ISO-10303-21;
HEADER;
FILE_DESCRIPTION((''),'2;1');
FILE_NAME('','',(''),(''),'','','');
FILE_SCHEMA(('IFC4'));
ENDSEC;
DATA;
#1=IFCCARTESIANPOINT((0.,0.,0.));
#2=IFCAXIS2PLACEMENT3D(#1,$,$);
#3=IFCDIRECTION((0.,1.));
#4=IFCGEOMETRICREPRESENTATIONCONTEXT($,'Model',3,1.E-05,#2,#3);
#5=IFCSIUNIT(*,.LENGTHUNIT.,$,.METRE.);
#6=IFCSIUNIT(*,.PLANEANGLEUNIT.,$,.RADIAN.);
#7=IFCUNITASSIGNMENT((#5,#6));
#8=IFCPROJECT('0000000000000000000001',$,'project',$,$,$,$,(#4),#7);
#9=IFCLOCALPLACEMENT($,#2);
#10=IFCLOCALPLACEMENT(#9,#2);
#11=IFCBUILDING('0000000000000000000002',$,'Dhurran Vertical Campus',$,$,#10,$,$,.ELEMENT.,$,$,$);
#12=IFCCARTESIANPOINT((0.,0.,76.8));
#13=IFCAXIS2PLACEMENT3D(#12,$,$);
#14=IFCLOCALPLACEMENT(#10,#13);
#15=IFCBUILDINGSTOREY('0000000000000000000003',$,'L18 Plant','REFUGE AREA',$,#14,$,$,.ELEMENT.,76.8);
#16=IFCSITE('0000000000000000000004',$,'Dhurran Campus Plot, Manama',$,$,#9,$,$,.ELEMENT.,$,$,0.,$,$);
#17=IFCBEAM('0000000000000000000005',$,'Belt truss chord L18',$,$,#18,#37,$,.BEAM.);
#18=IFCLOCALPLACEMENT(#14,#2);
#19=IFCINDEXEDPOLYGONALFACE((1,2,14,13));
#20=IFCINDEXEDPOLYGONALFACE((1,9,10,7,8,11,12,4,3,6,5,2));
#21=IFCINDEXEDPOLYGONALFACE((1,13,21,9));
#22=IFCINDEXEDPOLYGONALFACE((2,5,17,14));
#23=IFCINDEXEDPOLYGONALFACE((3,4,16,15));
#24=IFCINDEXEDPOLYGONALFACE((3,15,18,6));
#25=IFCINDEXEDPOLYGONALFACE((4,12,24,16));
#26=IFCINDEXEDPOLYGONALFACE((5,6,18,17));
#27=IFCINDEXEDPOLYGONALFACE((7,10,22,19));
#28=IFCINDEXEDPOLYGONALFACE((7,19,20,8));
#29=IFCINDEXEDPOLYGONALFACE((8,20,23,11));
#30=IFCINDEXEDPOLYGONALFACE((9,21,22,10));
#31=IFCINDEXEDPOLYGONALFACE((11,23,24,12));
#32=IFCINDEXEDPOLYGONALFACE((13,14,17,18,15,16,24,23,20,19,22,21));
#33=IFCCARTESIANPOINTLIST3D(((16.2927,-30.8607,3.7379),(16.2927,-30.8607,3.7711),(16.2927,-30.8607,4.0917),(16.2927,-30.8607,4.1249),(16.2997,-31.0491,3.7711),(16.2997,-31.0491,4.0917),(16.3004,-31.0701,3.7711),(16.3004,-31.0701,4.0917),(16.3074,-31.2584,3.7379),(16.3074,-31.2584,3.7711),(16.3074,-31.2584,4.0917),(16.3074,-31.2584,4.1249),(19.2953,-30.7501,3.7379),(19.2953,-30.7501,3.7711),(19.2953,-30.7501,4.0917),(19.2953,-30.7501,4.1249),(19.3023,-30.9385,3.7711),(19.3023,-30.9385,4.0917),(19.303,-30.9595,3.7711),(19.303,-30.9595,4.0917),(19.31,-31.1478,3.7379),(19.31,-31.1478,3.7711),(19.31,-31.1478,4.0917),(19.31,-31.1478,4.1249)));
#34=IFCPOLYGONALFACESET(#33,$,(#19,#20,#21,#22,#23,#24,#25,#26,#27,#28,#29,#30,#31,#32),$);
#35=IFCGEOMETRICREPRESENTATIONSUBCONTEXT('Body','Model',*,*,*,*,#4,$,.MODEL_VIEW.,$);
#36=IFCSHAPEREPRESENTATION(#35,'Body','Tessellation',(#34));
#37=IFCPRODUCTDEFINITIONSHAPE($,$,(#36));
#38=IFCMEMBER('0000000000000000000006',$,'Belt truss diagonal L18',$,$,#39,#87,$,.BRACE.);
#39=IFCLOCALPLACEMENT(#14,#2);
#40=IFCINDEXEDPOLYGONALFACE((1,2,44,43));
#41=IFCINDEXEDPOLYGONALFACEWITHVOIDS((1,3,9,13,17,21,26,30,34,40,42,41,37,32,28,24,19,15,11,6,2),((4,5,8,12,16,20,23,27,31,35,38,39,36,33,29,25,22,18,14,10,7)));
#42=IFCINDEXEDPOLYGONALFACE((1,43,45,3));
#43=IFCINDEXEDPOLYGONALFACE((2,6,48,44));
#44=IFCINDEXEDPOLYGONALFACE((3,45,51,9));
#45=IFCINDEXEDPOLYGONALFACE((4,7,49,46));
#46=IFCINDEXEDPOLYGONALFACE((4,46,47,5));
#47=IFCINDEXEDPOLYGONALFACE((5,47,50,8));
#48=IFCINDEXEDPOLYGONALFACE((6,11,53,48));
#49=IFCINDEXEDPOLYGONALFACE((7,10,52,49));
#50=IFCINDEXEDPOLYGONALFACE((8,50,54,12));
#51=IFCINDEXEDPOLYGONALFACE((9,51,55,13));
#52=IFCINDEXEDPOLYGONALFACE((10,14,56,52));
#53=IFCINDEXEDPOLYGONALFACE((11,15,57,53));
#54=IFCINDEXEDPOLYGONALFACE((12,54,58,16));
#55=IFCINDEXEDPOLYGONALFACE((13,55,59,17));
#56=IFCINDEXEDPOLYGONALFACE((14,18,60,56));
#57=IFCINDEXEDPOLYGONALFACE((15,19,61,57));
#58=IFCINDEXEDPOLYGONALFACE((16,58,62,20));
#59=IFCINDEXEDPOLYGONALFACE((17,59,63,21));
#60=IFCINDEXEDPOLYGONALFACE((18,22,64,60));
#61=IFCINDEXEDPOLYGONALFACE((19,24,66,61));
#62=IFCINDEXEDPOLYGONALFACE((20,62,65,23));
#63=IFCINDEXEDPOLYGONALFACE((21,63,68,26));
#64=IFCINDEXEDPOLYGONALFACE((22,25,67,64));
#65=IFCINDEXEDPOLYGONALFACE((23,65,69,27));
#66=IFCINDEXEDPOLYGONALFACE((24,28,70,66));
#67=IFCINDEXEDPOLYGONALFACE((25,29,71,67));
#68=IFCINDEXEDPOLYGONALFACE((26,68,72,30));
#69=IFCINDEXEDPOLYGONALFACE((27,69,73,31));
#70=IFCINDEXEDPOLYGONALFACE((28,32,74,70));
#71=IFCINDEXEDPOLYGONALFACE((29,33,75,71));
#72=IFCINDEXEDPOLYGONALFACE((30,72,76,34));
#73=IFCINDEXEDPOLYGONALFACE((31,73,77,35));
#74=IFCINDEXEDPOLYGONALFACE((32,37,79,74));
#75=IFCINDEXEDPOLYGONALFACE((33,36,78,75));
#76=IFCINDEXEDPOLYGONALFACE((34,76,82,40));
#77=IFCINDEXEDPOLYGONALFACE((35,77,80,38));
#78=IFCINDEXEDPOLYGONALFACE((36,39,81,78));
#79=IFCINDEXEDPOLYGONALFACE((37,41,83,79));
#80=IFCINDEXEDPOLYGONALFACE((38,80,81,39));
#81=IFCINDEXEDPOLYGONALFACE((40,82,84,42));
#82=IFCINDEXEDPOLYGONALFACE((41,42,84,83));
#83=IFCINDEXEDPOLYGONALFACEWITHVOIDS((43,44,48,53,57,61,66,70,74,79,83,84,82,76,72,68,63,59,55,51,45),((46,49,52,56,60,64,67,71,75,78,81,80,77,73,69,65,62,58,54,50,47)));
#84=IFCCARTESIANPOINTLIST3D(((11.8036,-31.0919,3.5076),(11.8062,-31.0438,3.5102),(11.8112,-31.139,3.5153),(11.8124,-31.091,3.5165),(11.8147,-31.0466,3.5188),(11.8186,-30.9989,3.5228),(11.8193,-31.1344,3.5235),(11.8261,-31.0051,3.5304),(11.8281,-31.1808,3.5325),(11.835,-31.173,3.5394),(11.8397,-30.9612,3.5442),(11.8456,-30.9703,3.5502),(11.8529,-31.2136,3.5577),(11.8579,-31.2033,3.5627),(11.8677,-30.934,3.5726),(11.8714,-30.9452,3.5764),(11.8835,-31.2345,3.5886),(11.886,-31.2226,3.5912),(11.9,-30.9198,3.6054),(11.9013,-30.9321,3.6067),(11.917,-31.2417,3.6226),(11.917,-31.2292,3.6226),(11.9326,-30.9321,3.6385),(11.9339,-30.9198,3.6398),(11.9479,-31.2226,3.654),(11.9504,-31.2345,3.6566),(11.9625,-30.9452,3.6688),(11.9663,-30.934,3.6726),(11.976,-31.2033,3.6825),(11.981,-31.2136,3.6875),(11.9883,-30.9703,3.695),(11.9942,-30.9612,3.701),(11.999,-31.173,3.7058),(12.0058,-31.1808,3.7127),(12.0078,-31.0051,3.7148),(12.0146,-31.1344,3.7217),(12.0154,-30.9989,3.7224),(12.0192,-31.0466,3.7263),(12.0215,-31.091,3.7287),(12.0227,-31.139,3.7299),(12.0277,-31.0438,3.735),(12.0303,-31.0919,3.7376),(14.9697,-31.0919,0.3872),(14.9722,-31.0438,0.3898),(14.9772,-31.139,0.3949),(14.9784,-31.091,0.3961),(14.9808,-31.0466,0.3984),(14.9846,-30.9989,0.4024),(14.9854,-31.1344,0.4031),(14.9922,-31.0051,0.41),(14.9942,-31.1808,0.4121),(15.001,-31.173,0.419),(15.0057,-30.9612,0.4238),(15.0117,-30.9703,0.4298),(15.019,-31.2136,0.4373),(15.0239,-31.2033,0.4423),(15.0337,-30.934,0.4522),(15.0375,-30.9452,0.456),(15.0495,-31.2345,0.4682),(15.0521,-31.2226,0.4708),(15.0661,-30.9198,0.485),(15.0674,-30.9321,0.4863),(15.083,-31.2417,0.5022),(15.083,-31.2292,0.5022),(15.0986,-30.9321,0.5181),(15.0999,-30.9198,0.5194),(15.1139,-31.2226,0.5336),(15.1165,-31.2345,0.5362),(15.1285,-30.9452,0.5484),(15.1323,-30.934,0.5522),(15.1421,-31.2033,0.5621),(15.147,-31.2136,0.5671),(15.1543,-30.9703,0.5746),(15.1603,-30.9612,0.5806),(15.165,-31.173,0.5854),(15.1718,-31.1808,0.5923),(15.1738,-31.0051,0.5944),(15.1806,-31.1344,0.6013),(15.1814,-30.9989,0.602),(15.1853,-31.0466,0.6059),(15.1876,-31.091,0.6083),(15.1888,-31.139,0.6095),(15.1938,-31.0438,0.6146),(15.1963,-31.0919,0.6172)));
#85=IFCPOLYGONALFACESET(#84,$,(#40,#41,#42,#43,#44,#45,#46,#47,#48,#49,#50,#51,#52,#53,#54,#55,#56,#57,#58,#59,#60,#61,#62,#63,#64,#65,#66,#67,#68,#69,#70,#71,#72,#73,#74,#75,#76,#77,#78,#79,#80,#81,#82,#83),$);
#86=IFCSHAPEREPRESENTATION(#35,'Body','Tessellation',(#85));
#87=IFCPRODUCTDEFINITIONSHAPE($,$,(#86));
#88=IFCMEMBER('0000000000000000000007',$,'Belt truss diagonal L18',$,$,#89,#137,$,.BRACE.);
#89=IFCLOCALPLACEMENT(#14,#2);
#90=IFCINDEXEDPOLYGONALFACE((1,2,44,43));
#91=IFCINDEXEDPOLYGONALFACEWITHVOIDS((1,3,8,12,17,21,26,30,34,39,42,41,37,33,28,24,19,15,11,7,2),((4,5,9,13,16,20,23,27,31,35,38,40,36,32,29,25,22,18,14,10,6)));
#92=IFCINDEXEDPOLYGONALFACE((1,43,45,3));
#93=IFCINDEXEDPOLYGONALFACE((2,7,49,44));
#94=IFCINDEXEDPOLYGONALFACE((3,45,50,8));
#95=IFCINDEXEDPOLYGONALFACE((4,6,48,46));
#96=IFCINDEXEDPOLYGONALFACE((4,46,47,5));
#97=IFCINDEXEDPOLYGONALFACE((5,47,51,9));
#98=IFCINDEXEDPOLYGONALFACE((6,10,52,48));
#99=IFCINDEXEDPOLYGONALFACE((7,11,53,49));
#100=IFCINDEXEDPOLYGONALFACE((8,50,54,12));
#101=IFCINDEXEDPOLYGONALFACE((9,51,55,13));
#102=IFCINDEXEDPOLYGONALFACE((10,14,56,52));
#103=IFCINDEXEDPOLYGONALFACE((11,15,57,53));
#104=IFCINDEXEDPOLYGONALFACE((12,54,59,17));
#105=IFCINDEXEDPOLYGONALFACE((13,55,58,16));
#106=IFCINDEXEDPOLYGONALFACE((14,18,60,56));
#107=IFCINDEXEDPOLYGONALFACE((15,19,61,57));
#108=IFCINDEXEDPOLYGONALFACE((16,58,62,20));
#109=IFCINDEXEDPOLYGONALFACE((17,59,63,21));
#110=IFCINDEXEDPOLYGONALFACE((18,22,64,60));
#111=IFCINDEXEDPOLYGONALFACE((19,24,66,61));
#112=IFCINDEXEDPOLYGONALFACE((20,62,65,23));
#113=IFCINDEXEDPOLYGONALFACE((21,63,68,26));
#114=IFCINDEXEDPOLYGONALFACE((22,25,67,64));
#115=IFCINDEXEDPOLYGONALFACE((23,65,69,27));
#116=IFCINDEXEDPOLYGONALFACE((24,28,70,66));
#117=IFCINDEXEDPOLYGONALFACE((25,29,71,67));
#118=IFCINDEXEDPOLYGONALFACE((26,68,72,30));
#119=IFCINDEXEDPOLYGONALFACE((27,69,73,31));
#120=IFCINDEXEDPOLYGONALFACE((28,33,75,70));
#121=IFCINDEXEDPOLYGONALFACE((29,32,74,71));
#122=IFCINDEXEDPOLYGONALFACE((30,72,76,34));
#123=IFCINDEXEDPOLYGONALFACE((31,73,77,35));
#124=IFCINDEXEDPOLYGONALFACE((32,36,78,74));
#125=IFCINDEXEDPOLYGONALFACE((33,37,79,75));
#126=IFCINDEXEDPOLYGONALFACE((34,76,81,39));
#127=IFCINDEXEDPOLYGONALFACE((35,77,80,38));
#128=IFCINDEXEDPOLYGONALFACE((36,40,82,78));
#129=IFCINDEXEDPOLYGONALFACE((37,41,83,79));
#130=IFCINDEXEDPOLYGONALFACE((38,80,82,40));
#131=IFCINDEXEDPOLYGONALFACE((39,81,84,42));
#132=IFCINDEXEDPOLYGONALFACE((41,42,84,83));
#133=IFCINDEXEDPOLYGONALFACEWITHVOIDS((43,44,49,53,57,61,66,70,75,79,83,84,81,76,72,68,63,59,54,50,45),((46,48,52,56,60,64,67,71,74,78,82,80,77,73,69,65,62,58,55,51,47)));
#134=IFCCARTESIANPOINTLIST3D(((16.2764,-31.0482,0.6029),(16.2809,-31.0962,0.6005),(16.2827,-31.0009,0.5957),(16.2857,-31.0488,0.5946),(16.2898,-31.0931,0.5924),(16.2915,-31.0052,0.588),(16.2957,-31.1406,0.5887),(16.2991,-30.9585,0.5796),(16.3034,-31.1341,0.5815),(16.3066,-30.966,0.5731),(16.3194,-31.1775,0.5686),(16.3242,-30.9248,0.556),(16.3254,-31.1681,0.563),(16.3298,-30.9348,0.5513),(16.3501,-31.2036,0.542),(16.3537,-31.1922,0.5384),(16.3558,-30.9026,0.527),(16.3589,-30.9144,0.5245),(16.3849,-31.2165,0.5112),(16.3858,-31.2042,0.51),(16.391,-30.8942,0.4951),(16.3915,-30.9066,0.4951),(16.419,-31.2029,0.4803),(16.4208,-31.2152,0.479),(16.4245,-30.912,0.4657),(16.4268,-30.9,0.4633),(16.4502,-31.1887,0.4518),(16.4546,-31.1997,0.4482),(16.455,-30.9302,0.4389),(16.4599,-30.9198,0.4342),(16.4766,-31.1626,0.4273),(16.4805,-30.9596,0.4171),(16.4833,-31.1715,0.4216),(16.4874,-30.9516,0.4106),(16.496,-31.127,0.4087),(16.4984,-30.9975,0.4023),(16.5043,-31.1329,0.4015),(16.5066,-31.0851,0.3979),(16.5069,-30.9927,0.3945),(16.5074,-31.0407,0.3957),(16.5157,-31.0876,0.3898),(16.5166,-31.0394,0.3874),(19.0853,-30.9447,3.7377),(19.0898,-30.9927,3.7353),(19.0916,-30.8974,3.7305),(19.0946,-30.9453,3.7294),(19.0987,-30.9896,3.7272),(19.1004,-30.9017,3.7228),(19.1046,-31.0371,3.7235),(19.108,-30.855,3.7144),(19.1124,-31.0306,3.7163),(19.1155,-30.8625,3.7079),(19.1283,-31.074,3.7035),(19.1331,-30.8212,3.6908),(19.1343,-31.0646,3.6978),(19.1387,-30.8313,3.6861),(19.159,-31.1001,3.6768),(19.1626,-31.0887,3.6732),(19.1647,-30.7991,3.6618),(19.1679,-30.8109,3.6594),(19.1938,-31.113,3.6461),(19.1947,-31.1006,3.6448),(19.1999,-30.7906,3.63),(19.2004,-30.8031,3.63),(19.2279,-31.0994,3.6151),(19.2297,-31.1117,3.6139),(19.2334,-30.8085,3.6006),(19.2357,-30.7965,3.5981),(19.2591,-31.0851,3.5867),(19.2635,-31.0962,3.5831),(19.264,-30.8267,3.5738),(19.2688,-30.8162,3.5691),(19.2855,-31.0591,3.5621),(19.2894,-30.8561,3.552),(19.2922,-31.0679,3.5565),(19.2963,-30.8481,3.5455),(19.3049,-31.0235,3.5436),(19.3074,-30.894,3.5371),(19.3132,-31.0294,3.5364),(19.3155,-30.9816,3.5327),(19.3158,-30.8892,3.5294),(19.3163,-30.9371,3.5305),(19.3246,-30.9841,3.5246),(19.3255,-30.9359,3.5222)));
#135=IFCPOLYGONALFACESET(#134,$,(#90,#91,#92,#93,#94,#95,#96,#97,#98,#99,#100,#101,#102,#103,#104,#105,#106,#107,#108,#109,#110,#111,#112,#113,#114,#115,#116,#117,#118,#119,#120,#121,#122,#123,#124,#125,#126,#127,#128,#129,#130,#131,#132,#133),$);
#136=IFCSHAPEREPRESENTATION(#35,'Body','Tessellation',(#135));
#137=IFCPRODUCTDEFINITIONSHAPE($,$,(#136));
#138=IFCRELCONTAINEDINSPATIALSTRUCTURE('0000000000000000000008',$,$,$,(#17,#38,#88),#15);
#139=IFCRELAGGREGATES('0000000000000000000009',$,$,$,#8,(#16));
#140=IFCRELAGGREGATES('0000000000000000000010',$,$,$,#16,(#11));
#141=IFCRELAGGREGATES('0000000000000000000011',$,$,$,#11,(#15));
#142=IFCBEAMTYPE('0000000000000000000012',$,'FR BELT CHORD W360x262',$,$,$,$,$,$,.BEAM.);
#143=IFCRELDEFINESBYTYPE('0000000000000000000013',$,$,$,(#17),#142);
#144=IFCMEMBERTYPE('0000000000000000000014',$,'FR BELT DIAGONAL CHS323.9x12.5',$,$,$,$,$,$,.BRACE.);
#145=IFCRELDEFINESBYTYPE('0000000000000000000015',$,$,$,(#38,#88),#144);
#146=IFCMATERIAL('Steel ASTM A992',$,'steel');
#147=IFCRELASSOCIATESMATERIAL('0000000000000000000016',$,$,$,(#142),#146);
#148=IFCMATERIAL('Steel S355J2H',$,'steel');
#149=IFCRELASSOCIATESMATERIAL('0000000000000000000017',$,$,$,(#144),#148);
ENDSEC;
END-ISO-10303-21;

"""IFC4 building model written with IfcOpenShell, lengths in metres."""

from ifc_helpers import new_model, si_unit, direction, frame, origin, origin_2d, place, context, subcontext, project, spatial, hollow_circle, i_section, extrude, material, material_profile, profile_set, type_object, element, save


model = new_model("IFC4")

# Units and contexts
model_context = context("Model", 3, precision=1e-05, world=origin(), true_north=direction((0.0, 1.0)))
body_context = subcontext(model_context, "Body", "Model", "MODEL_VIEW")
ifc_project = project(units=[si_unit("LENGTHUNIT", "METRE"), si_unit("PLANEANGLEUNIT", "RADIAN")], contexts=[model_context])

# Site, building, storey
site_placement = place(None, origin())
site = spatial("IfcSite", under=ifc_project, at=site_placement, Name="Dhurran Campus Plot, Manama", CompositionType="ELEMENT", RefElevation=0.0)
building_placement = place(site_placement, origin())
building = spatial("IfcBuilding", under=site, at=building_placement, Name="Dhurran Vertical Campus", CompositionType="ELEMENT")
storey_placement = place(building_placement, frame((0.0, 0.0, 76.8)))
storey = spatial("IfcBuildingStorey", under=building, at=storey_placement, Name="L18 Plant", Description="REFUGE AREA", CompositionType="ELEMENT", Elevation=76.8)

# Beam
ifc_material_1 = material(Name="Steel ASTM A992", Category="steel")
ifc_material_profile_1 = material_profile(ifc_material_1, i_section(OverallWidth=0.3979, OverallDepth=0.387, WebThickness=0.021, FlangeThickness=0.0332, at=origin_2d()), Name="W360x262")
ifc_profile_set_1 = profile_set([ifc_material_profile_1], Name="Steel ASTM A992")
beam_type = type_object("IfcBeamType", Name="FR BELT CHORD W360x262", PredefinedType="BEAM", material=ifc_profile_set_1)
for number, where, z_axis, x_axis, name in (
    (1, (16.3, -31.0596, 3.9314), (0.999322, 0.036807, 0.0), (-0.036807, 0.999322, 0.0), "Belt truss chord L18"),
):
    element("IfcBeam", number, at=place(storey_placement, frame(where, z_axis=z_axis, x_axis=x_axis)), inside=storey, type_object=beam_type, Name=name, PredefinedType="BEAM", context=body_context, shape_type="SweptSolid", body=[
        extrude(i_section(OverallWidth=0.3979, OverallDepth=0.387, WebThickness=0.021, FlangeThickness=0.0332, at=origin_2d()), origin(), (0.0, 0.0, 1.0), 3.0046),
    ])

# Members
ifc_material_2 = material(Name="Steel S355J2H", Category="steel")
ifc_material_profile_2 = material_profile(ifc_material_2, hollow_circle(Radius=0.1619, WallThickness=0.0125, at=origin_2d()), Name="CHS323.9x12.5")
ifc_profile_set_2 = profile_set([ifc_material_profile_2], Name="Steel S355J2H")
member_type = type_object("IfcMemberType", Name="FR BELT DIAGONAL CHS323.9x12.5", PredefinedType="BRACE", material=ifc_profile_set_2)
member_1_placement = place(storey_placement, frame((15.083, -31.0798, 0.5022), z_axis=(-0.712223, 0.0, 0.701953), x_axis=(0.0, -1.0, 0.0)))
element("IfcMember", 2, at=member_1_placement, inside=storey, type_object=member_type, Name="Belt truss diagonal L18", PredefinedType="BRACE", context=body_context, shape_type="SweptSolid", body=[
    extrude(hollow_circle(Radius=0.1619, WallThickness=0.0125, at=origin_2d()), origin(), (0.0, 0.0, 1.0), 4.4453),
])
member_2_placement = place(storey_placement, frame((16.397, -31.0559, 0.4951), z_axis=(0.667127, 0.024586, 0.744538), x_axis=(-0.036829, 0.999322, 0.0)))
element("IfcMember", 3, at=member_2_placement, inside=storey, type_object=member_type, Name="Belt truss diagonal L18", PredefinedType="BRACE", context=body_context, shape_type="SweptSolid", body=[
    extrude(hollow_circle(Radius=0.1619, WallThickness=0.0125, at=origin_2d()), origin(), (0.0, 0.0, 1.0), 4.2104),
])

save(model, "model.ifc")
